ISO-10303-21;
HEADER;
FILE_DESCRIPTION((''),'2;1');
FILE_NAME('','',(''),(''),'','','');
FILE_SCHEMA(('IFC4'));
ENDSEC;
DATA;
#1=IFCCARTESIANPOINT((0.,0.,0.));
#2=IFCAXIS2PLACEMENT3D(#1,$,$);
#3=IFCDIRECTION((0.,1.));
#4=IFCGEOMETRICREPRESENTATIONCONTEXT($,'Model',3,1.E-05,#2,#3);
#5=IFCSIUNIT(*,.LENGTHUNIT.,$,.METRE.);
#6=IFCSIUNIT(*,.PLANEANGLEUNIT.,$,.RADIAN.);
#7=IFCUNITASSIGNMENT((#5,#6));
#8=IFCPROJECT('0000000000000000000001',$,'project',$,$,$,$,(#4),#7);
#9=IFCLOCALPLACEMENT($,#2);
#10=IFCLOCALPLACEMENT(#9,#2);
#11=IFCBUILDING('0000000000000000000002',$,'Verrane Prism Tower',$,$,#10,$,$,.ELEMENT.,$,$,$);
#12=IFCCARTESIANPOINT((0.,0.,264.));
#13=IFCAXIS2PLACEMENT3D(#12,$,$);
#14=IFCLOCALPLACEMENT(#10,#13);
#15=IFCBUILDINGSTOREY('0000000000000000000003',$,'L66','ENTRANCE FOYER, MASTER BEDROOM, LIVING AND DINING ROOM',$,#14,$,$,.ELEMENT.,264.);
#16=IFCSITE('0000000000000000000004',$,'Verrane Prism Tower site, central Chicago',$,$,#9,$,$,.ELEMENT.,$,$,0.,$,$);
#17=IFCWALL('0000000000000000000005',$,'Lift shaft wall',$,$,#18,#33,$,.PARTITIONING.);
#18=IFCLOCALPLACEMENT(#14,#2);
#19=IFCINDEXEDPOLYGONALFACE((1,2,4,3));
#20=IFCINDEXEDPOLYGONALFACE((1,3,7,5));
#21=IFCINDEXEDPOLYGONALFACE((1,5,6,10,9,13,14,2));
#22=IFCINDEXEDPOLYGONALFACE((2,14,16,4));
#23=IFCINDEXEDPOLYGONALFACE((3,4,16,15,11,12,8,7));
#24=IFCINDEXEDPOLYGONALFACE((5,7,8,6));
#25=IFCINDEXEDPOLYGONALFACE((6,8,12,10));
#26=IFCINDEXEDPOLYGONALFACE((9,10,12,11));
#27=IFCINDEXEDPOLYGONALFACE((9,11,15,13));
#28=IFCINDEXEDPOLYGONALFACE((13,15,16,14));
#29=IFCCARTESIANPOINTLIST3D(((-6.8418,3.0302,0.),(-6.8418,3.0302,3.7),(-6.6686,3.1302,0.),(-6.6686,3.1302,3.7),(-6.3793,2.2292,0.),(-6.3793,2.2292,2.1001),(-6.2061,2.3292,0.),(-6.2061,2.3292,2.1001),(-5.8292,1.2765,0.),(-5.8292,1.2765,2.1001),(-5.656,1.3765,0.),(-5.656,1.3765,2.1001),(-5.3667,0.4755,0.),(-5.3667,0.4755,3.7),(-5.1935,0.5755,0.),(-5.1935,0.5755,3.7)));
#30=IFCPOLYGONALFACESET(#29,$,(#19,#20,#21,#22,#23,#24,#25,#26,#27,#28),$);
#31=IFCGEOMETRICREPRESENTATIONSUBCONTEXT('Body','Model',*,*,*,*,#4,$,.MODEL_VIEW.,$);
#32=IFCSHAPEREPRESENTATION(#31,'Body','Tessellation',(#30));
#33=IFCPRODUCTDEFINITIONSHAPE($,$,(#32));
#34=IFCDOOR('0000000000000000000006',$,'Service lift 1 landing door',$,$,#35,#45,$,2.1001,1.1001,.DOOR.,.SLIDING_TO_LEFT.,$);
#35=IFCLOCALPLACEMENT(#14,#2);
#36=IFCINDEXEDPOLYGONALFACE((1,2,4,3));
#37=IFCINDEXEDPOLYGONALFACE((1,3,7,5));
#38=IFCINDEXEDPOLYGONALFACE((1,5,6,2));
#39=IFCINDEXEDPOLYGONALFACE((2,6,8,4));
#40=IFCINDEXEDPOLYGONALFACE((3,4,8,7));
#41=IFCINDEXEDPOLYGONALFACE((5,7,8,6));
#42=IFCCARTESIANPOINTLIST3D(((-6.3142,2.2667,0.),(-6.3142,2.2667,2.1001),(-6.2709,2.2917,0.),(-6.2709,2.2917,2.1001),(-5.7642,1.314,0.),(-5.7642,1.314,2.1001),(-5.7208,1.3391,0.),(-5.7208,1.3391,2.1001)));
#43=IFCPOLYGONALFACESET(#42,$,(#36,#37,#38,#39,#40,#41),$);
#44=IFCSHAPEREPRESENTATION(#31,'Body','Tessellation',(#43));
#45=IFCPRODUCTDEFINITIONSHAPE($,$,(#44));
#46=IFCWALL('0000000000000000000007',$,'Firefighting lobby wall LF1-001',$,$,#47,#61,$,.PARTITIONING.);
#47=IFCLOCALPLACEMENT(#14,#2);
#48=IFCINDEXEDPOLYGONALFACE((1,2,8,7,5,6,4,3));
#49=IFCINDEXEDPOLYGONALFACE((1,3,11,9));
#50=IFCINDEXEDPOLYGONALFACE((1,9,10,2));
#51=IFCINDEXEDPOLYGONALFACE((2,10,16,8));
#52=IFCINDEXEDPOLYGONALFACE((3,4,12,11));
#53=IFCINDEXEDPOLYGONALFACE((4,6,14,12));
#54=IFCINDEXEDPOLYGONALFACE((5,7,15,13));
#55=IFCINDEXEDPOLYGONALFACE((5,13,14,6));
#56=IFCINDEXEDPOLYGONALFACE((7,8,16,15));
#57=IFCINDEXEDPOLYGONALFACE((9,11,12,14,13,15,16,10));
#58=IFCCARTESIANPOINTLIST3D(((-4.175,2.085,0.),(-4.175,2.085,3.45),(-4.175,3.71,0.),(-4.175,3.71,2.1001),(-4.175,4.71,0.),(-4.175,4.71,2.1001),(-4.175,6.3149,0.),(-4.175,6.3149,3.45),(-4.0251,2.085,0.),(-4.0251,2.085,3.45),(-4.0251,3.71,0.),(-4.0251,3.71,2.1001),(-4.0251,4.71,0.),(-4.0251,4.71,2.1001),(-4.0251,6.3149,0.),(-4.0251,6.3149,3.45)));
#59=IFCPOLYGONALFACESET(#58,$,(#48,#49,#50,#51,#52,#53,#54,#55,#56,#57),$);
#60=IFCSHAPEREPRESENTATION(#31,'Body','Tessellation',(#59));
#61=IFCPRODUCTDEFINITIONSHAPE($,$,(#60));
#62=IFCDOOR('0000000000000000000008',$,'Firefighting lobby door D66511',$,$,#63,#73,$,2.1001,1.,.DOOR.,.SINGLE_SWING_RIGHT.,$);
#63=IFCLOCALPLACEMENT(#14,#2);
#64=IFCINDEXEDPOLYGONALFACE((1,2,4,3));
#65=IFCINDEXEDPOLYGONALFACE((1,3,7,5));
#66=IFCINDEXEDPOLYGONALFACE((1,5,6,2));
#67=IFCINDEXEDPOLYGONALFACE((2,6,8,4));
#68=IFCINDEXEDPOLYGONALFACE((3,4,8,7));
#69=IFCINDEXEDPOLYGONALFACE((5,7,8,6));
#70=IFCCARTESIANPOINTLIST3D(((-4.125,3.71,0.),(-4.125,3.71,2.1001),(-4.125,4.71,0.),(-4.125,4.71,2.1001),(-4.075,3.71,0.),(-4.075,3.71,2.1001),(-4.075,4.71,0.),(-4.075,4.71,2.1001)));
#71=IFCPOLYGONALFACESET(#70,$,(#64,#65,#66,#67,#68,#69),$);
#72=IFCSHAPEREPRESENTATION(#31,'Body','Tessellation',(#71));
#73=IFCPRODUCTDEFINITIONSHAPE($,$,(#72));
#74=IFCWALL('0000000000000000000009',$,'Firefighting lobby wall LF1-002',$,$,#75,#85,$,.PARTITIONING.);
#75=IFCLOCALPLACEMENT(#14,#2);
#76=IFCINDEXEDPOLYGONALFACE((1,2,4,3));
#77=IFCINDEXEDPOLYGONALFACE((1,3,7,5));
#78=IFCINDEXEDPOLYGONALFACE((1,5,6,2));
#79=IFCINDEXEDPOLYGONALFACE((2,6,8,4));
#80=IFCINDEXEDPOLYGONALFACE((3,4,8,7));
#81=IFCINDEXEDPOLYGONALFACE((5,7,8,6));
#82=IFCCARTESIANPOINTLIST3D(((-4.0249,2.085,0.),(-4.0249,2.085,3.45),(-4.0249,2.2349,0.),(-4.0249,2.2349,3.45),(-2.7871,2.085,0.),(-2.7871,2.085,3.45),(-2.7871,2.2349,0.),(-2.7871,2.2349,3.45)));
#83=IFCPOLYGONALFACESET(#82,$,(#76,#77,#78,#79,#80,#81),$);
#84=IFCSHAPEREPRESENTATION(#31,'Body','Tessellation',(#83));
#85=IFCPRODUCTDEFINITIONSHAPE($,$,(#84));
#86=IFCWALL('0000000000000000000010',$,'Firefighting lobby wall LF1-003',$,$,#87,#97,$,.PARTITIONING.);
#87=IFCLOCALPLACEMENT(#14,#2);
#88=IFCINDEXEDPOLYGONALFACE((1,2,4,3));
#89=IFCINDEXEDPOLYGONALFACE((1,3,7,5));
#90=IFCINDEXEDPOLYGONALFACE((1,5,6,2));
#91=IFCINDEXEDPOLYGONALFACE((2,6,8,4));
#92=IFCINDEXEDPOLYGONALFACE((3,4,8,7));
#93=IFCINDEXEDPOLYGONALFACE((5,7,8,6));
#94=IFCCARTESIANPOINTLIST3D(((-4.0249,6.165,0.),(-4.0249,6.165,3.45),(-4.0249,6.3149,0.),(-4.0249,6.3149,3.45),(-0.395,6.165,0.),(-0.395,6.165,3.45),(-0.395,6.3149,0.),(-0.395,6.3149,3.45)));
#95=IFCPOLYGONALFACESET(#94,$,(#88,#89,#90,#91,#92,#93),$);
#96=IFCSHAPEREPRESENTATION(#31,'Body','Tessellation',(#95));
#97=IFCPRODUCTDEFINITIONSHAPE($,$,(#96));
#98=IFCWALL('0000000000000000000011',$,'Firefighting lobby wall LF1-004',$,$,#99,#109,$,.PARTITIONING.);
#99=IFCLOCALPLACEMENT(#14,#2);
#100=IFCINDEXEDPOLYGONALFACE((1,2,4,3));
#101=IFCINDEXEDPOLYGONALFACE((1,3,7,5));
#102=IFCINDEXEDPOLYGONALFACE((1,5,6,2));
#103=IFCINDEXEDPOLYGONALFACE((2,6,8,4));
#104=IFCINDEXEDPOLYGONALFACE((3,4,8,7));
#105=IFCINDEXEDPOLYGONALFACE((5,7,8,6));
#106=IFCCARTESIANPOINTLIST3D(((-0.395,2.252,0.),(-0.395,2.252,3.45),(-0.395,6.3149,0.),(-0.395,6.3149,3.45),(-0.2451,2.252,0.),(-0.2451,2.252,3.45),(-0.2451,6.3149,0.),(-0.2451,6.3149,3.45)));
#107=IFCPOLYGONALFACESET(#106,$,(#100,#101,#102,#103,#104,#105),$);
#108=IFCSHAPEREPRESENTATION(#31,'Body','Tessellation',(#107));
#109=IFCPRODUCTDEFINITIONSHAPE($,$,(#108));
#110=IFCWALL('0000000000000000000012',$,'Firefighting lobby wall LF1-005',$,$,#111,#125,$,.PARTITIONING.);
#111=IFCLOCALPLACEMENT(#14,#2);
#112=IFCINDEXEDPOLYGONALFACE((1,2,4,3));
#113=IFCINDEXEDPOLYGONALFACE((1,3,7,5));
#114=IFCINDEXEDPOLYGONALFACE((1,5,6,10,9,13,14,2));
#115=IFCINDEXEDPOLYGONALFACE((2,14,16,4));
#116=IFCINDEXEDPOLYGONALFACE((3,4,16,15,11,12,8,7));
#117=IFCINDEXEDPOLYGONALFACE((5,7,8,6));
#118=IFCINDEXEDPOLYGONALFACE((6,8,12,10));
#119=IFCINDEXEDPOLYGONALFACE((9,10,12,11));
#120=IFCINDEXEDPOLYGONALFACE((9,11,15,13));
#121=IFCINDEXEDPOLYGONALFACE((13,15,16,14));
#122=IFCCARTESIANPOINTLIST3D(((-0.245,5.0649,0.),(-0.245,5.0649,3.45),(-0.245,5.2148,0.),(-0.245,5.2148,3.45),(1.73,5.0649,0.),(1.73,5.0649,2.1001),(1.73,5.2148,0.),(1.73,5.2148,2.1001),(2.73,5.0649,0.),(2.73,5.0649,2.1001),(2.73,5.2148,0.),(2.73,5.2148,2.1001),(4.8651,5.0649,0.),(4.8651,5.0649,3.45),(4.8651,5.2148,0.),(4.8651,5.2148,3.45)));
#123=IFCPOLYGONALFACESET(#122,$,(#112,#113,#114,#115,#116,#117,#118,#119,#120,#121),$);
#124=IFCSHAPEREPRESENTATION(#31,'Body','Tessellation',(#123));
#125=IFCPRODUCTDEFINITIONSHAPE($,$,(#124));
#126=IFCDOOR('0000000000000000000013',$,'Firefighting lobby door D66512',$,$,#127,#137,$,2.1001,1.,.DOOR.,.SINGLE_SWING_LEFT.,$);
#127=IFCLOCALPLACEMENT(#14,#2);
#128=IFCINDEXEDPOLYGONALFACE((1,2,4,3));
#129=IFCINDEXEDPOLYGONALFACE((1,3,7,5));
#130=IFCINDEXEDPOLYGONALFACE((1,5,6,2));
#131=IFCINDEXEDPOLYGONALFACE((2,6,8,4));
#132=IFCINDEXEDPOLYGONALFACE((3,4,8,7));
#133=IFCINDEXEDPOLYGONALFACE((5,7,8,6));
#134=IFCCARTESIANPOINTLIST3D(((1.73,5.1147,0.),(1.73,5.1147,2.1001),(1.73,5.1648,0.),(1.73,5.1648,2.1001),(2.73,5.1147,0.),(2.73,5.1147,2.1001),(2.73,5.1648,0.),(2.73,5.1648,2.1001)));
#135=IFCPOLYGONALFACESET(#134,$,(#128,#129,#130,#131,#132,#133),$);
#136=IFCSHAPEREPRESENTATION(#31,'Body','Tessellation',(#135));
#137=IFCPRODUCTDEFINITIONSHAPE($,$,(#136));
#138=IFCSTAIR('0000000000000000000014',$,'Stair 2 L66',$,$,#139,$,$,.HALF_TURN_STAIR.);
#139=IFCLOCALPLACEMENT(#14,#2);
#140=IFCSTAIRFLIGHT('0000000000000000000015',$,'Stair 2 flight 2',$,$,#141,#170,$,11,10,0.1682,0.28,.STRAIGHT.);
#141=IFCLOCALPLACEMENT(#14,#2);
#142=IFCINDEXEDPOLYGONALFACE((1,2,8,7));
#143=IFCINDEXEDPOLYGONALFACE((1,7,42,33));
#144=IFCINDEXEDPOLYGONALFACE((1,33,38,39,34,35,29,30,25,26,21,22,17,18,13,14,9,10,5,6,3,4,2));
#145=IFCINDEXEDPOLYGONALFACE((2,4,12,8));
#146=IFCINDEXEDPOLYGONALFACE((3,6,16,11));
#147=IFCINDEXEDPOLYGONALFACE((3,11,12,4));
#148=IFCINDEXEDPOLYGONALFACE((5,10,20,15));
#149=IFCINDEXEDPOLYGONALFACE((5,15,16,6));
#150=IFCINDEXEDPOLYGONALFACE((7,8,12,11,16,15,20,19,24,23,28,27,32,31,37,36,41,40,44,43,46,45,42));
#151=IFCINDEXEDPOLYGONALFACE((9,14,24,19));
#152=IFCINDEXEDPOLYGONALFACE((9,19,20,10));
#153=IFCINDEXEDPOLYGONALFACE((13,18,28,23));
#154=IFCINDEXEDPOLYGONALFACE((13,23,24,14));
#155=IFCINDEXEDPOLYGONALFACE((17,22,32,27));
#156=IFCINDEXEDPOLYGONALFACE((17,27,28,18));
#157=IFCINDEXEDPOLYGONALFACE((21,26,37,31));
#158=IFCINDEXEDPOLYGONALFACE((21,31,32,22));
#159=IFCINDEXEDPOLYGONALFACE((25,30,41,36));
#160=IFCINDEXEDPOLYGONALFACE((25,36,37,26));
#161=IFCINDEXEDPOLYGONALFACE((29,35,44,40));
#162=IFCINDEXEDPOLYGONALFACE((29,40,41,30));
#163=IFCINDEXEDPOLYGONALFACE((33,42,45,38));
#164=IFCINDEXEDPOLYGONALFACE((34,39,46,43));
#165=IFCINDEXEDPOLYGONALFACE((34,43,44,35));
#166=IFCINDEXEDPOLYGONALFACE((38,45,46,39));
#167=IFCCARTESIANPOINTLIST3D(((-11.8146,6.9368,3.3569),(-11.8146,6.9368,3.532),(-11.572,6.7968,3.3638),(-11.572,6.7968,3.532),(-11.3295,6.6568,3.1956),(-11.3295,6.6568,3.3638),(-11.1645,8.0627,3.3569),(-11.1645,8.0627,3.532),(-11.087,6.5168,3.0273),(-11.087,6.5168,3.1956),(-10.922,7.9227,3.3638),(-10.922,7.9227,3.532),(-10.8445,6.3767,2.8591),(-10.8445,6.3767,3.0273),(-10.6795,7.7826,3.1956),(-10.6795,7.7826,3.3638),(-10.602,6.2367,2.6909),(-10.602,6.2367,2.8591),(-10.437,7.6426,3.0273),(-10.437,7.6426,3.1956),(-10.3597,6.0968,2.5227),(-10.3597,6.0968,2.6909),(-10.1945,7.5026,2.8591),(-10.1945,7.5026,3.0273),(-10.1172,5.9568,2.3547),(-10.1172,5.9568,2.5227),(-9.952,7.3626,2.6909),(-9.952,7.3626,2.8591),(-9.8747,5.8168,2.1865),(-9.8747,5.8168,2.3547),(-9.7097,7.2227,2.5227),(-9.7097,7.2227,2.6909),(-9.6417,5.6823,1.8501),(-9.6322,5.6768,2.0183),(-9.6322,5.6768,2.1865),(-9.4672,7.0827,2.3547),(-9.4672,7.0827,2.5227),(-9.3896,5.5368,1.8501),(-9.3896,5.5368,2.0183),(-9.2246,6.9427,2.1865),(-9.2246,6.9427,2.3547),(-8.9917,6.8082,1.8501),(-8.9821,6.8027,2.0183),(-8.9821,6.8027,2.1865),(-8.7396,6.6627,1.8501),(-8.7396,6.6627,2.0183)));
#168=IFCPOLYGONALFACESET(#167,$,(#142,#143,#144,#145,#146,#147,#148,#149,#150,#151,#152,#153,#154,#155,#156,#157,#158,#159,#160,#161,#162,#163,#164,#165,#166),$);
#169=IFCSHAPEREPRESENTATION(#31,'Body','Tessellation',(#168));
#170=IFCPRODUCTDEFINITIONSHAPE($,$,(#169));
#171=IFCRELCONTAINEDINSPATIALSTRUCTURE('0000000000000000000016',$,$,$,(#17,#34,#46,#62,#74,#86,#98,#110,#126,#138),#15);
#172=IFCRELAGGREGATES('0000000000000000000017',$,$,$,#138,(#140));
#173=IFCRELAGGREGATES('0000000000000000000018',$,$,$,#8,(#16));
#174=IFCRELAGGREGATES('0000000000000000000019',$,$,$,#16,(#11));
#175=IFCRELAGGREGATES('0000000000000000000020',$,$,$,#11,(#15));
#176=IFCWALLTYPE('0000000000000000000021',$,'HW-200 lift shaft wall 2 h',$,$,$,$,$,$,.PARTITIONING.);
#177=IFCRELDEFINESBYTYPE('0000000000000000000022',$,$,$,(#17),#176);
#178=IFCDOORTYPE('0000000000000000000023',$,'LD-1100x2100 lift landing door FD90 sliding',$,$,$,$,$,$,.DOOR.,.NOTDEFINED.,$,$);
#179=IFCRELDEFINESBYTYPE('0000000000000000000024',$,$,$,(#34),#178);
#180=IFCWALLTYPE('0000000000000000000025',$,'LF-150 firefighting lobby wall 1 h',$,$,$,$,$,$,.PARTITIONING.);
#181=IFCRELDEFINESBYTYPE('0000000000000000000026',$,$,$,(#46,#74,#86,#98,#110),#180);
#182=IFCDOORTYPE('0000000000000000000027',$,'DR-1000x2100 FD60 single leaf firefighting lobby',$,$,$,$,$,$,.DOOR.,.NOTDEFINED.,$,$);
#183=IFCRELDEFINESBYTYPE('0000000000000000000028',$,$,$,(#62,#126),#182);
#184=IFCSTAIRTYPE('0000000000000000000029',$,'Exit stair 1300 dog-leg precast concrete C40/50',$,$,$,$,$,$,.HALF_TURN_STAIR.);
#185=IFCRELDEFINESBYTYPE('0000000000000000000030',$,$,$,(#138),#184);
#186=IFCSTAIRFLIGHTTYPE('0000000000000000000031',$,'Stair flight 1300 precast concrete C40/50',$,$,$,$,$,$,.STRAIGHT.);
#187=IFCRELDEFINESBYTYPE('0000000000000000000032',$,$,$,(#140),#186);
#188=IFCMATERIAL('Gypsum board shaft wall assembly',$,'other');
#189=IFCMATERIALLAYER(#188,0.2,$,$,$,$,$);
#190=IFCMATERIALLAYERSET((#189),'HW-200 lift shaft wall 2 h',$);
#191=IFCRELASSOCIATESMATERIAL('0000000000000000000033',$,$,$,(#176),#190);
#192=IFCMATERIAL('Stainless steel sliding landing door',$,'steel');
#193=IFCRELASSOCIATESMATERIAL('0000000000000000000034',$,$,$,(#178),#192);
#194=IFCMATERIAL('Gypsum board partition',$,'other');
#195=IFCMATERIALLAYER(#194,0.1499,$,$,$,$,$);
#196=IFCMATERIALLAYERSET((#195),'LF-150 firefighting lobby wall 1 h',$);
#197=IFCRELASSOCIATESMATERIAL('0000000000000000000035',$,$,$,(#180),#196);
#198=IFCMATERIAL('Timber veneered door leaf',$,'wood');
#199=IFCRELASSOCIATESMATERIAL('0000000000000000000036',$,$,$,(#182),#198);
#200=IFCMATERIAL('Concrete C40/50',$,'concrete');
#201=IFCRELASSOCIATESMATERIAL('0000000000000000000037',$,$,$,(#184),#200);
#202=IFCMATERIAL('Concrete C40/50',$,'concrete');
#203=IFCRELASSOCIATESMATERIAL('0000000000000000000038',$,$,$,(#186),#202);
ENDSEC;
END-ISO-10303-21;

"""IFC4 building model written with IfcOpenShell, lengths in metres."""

from ifc_helpers import new_model, si_unit, direction, frame, frame_2d, origin, place, context, subcontext, project, spatial, polyline, rectangle, outline, extrude, material, layer, layer_set, type_object, element, fill, aggregate, save


model = new_model("IFC4")

# Units and contexts
model_context = context("Model", 3, precision=1e-05, world=origin(), true_north=direction((0.0, 1.0)))
body_context = subcontext(model_context, "Body", "Model", "MODEL_VIEW")
ifc_project = project(units=[si_unit("LENGTHUNIT", "METRE"), si_unit("PLANEANGLEUNIT", "RADIAN")], contexts=[model_context])

# Site, building, storey
site_placement = place(None, origin())
site = spatial("IfcSite", under=ifc_project, at=site_placement, Name="Verrane Prism Tower site, central Chicago", CompositionType="ELEMENT", RefElevation=0.0)
building_placement = place(site_placement, origin())
building = spatial("IfcBuilding", under=site, at=building_placement, Name="Verrane Prism Tower", CompositionType="ELEMENT")
storey_placement = place(building_placement, frame((0.0, 0.0, 264.0)))
storey = spatial("IfcBuildingStorey", under=building, at=storey_placement, Name="L66", Description="ENTRANCE FOYER, MASTER BEDROOM, LIVING AND DINING ROOM", CompositionType="ELEMENT", Elevation=264.0)

# Shared definitions
ifc_material_1 = material(Name="Gypsum board shaft wall assembly", Category="other")
ifc_layer_1 = layer(ifc_material_1, 0.2)
ifc_layer_set_1 = layer_set([ifc_layer_1], Name="HW-200 lift shaft wall 2 h")
wall_type_1 = type_object("IfcWallType", Name="HW-200 lift shaft wall 2 h", PredefinedType="PARTITIONING", material=ifc_layer_set_1)
ifc_material_2 = material(Name="Stainless steel sliding landing door", Category="steel")
door_type_1 = type_object("IfcDoorType", Name="LD-1100x2100 lift landing door FD90 sliding", OperationType="NOTDEFINED", PredefinedType="DOOR", material=ifc_material_2)

# Walls, openings, doors
wall_1_placement = place(storey_placement, frame((-5.28, 0.5254, 0.0), z_axis=(0.0, 0.0, 1.0), x_axis=(-0.500038, 0.866004, 0.0)))
wall_1 = element("IfcWall", 1, at=wall_1_placement, inside=storey, type_object=wall_type_1, Name="Lift shaft wall", PredefinedType="PARTITIONING", context=body_context, shape_type="SweptSolid", body=[
    extrude(rectangle(XDim=2.95, YDim=0.2, at=frame_2d((1.4751, 0.0))), origin(), (0.0, 0.0, 1.0), 3.7),
])
opening_1_placement = place(wall_1_placement, frame((0.925, 0.0, 0.0)))
opening_1 = element("IfcOpeningElement", 2, at=opening_1_placement, cuts=wall_1, PredefinedType="OPENING", context=body_context, shape_type="SweptSolid", body=[
    extrude(rectangle(XDim=1.1001, YDim=2.1001, at=frame_2d((0.55, 1.05))), frame((0.0, 0.1099, 0.0), z_axis=(0.0, -1.0, 0.0), x_axis=(1.0, 0.0, 0.0)), (0.0, 0.0, 1.0), 0.22),
])
door_1_placement = place(opening_1_placement, origin())
door_1 = element("IfcDoor", 3, at=door_1_placement, inside=storey, type_object=door_type_1, Name="Service lift 1 landing door", OperationType="SLIDING_TO_LEFT", OverallHeight=2.1001, OverallWidth=1.1001, PredefinedType="DOOR", context=body_context, shape_type="SweptSolid", body=[
    extrude(rectangle(XDim=1.1001, YDim=2.1001, at=frame_2d((0.55, 1.05))), frame((0.0, 0.0249, 0.0), z_axis=(0.0, -1.0, 0.0), x_axis=(1.0, 0.0, 0.0)), (0.0, 0.0, 1.0), 0.05),
])
fill(opening_1, door_1)
ifc_material_3 = material(Name="Gypsum board partition", Category="other")
ifc_layer_2 = layer(ifc_material_3, 0.1499)
ifc_layer_set_2 = layer_set([ifc_layer_2], Name="LF-150 firefighting lobby wall 1 h")
wall_type_2 = type_object("IfcWallType", Name="LF-150 firefighting lobby wall 1 h", PredefinedType="PARTITIONING", material=ifc_layer_set_2)
wall_2_placement = place(storey_placement, frame((-4.1001, 2.085, 0.0), z_axis=(0.0, 0.0, 1.0), x_axis=(0.0, 1.0, 0.0)))
wall_2 = element("IfcWall", 4, at=wall_2_placement, inside=storey, type_object=wall_type_2, Name="Firefighting lobby wall LF1-001", PredefinedType="PARTITIONING", context=body_context, shape_type="SweptSolid", body=[
    extrude(rectangle(XDim=4.23, YDim=0.1499, at=frame_2d((2.115, 0.0))), origin(), (0.0, 0.0, 1.0), 3.45),
])
opening_2_placement = place(wall_2_placement, frame((1.625, 0.0, 0.0)))
opening_2 = element("IfcOpeningElement", 5, at=opening_2_placement, cuts=wall_2, PredefinedType="OPENING", context=body_context, shape_type="SweptSolid", body=[
    extrude(rectangle(XDim=1.0, YDim=2.1001, at=frame_2d((0.5, 1.05))), frame((0.0, 0.085, 0.0), z_axis=(0.0, -1.0, 0.0), x_axis=(1.0, 0.0, 0.0)), (0.0, 0.0, 1.0), 0.1699),
])
ifc_material_4 = material(Name="Timber veneered door leaf", Category="wood")
door_type_2 = type_object("IfcDoorType", Name="DR-1000x2100 FD60 single leaf firefighting lobby", OperationType="NOTDEFINED", PredefinedType="DOOR", material=ifc_material_4)
door_2_placement = place(opening_2_placement, origin())
door_2 = element("IfcDoor", 6, at=door_2_placement, inside=storey, type_object=door_type_2, Name="Firefighting lobby door D66511", OperationType="SINGLE_SWING_RIGHT", OverallHeight=2.1001, OverallWidth=1.0, PredefinedType="DOOR", context=body_context, shape_type="SweptSolid", body=[
    extrude(rectangle(XDim=1.0, YDim=2.1001, at=frame_2d((0.5, 1.05))), frame((0.0, 0.0249, 0.0), z_axis=(0.0, -1.0, 0.0), x_axis=(1.0, 0.0, 0.0)), (0.0, 0.0, 1.0), 0.05),
])
fill(opening_2, door_2)

# Walls
wall_3_placement = place(storey_placement, frame((-4.0249, 2.1599, 0.0), z_axis=(0.0, 0.0, 1.0), x_axis=(1.0, 0.0, 0.0)))
element("IfcWall", 7, at=wall_3_placement, inside=storey, type_object=wall_type_2, Name="Firefighting lobby wall LF1-002", PredefinedType="PARTITIONING", context=body_context, shape_type="SweptSolid", body=[
    extrude(rectangle(XDim=1.2378, YDim=0.1499, at=frame_2d((0.6189, 0.0))), origin(), (0.0, 0.0, 1.0), 3.45),
])
wall_4_placement = place(storey_placement, frame((-4.0249, 6.24, 0.0), z_axis=(0.0, 0.0, 1.0), x_axis=(1.0, 0.0, 0.0)))
element("IfcWall", 8, at=wall_4_placement, inside=storey, type_object=wall_type_2, Name="Firefighting lobby wall LF1-003", PredefinedType="PARTITIONING", context=body_context, shape_type="SweptSolid", body=[
    extrude(rectangle(XDim=3.6299, YDim=0.1499, at=frame_2d((1.8149, 0.0))), origin(), (0.0, 0.0, 1.0), 3.45),
])
wall_5_placement = place(storey_placement, frame((-0.3201, 2.252, 0.0), z_axis=(0.0, 0.0, 1.0), x_axis=(0.0, 1.0, 0.0)))
element("IfcWall", 9, at=wall_5_placement, inside=storey, type_object=wall_type_2, Name="Firefighting lobby wall LF1-004", PredefinedType="PARTITIONING", context=body_context, shape_type="SweptSolid", body=[
    extrude(rectangle(XDim=4.063, YDim=0.1499, at=frame_2d((2.0315, 0.0))), origin(), (0.0, 0.0, 1.0), 3.45),
])

# Wall, opening, door
wall_6_placement = place(storey_placement, frame((-0.2451, 5.1399, 0.0), z_axis=(0.0, 0.0, 1.0), x_axis=(1.0, 0.0, 0.0)))
wall_6 = element("IfcWall", 10, at=wall_6_placement, inside=storey, type_object=wall_type_2, Name="Firefighting lobby wall LF1-005", PredefinedType="PARTITIONING", context=body_context, shape_type="SweptSolid", body=[
    extrude(rectangle(XDim=5.1101, YDim=0.1499, at=frame_2d((2.5552, 0.0))), origin(), (0.0, 0.0, 1.0), 3.45),
])
opening_3_placement = place(wall_6_placement, frame((1.9751, 0.0, 0.0)))
opening_3 = element("IfcOpeningElement", 11, at=opening_3_placement, cuts=wall_6, PredefinedType="OPENING", context=body_context, shape_type="SweptSolid", body=[
    extrude(rectangle(XDim=1.0, YDim=2.1001, at=frame_2d((0.5, 1.05))), frame((0.0, 0.085, 0.0), z_axis=(0.0, -1.0, 0.0), x_axis=(1.0, 0.0, 0.0)), (0.0, 0.0, 1.0), 0.1699),
])
door_3_placement = place(opening_3_placement, origin())
door_3 = element("IfcDoor", 12, at=door_3_placement, inside=storey, type_object=door_type_2, Name="Firefighting lobby door D66512", OperationType="SINGLE_SWING_LEFT", OverallHeight=2.1001, OverallWidth=1.0, PredefinedType="DOOR", context=body_context, shape_type="SweptSolid", body=[
    extrude(rectangle(XDim=1.0, YDim=2.1001, at=frame_2d((0.5, 1.05))), frame((0.0, 0.0249, 0.0), z_axis=(0.0, -1.0, 0.0), x_axis=(1.0, 0.0, 0.0)), (0.0, 0.0, 1.0), 0.05),
])
fill(opening_3, door_3)

# Stair, stair flight
ifc_material_5 = material(Name="Concrete C40/50", Category="concrete")
stair_type = type_object("IfcStairType", Name="Exit stair 1300 dog-leg precast concrete C40/50", PredefinedType="HALF_TURN_STAIR", material=ifc_material_5)
stair_placement = place(storey_placement, origin())
stair = element("IfcStair", 13, at=stair_placement, inside=storey, type_object=stair_type, Name="Stair 2 L66", PredefinedType="HALF_TURN_STAIR")
ifc_material_6 = material(Name="Concrete C40/50", Category="concrete")
stair_flight_type = type_object("IfcStairFlightType", Name="Stair flight 1300 precast concrete C40/50", PredefinedType="STRAIGHT", material=ifc_material_6)
stair_flight_placement = place(storey_placement, frame((-9.0647, 6.0996, 1.8501), z_axis=(0.0, 0.0, 1.0), x_axis=(-0.866025, 0.5, 0.0)))
stair_flight = element("IfcStairFlight", 14, at=stair_flight_placement, type_object=stair_flight_type, Name="Stair 2 flight 2", NumberOfRisers=11, NumberOfTreads=10, PredefinedType="STRAIGHT", RiserHeight=0.1682, TreadLength=0.28, context=body_context, shape_type="SweptSolid", body=[
    extrude(outline(polyline([(0.0, 0.0), (0.0, 0.1682), (0.28, 0.1682), (0.28, 0.3364), (0.5601, 0.3364), (0.5601, 0.5046), (0.8401, 0.5046), (0.8401, 0.6726), (1.1201, 0.6726), (1.1201, 0.8408), (1.3999, 0.8408), (1.3999, 1.009), (1.6799, 1.009), (1.6799, 1.1772), (1.96, 1.1772), (1.96, 1.3455), (2.24, 1.3455), (2.24, 1.5137), (2.52, 1.5137), (2.52, 1.6819), (2.8, 1.6819), (2.8, 1.8501), (2.8, 1.5068), (0.291, 0.0), (0.0, 0.0)])), frame((0.0, 0.6499, 0.0), z_axis=(0.0, -1.0, 0.0), x_axis=(1.0, 0.0, 0.0)), (0.0, 0.0, 1.0), 1.3),
])
aggregate(stair, [stair_flight])

save(model, "model.ifc")
